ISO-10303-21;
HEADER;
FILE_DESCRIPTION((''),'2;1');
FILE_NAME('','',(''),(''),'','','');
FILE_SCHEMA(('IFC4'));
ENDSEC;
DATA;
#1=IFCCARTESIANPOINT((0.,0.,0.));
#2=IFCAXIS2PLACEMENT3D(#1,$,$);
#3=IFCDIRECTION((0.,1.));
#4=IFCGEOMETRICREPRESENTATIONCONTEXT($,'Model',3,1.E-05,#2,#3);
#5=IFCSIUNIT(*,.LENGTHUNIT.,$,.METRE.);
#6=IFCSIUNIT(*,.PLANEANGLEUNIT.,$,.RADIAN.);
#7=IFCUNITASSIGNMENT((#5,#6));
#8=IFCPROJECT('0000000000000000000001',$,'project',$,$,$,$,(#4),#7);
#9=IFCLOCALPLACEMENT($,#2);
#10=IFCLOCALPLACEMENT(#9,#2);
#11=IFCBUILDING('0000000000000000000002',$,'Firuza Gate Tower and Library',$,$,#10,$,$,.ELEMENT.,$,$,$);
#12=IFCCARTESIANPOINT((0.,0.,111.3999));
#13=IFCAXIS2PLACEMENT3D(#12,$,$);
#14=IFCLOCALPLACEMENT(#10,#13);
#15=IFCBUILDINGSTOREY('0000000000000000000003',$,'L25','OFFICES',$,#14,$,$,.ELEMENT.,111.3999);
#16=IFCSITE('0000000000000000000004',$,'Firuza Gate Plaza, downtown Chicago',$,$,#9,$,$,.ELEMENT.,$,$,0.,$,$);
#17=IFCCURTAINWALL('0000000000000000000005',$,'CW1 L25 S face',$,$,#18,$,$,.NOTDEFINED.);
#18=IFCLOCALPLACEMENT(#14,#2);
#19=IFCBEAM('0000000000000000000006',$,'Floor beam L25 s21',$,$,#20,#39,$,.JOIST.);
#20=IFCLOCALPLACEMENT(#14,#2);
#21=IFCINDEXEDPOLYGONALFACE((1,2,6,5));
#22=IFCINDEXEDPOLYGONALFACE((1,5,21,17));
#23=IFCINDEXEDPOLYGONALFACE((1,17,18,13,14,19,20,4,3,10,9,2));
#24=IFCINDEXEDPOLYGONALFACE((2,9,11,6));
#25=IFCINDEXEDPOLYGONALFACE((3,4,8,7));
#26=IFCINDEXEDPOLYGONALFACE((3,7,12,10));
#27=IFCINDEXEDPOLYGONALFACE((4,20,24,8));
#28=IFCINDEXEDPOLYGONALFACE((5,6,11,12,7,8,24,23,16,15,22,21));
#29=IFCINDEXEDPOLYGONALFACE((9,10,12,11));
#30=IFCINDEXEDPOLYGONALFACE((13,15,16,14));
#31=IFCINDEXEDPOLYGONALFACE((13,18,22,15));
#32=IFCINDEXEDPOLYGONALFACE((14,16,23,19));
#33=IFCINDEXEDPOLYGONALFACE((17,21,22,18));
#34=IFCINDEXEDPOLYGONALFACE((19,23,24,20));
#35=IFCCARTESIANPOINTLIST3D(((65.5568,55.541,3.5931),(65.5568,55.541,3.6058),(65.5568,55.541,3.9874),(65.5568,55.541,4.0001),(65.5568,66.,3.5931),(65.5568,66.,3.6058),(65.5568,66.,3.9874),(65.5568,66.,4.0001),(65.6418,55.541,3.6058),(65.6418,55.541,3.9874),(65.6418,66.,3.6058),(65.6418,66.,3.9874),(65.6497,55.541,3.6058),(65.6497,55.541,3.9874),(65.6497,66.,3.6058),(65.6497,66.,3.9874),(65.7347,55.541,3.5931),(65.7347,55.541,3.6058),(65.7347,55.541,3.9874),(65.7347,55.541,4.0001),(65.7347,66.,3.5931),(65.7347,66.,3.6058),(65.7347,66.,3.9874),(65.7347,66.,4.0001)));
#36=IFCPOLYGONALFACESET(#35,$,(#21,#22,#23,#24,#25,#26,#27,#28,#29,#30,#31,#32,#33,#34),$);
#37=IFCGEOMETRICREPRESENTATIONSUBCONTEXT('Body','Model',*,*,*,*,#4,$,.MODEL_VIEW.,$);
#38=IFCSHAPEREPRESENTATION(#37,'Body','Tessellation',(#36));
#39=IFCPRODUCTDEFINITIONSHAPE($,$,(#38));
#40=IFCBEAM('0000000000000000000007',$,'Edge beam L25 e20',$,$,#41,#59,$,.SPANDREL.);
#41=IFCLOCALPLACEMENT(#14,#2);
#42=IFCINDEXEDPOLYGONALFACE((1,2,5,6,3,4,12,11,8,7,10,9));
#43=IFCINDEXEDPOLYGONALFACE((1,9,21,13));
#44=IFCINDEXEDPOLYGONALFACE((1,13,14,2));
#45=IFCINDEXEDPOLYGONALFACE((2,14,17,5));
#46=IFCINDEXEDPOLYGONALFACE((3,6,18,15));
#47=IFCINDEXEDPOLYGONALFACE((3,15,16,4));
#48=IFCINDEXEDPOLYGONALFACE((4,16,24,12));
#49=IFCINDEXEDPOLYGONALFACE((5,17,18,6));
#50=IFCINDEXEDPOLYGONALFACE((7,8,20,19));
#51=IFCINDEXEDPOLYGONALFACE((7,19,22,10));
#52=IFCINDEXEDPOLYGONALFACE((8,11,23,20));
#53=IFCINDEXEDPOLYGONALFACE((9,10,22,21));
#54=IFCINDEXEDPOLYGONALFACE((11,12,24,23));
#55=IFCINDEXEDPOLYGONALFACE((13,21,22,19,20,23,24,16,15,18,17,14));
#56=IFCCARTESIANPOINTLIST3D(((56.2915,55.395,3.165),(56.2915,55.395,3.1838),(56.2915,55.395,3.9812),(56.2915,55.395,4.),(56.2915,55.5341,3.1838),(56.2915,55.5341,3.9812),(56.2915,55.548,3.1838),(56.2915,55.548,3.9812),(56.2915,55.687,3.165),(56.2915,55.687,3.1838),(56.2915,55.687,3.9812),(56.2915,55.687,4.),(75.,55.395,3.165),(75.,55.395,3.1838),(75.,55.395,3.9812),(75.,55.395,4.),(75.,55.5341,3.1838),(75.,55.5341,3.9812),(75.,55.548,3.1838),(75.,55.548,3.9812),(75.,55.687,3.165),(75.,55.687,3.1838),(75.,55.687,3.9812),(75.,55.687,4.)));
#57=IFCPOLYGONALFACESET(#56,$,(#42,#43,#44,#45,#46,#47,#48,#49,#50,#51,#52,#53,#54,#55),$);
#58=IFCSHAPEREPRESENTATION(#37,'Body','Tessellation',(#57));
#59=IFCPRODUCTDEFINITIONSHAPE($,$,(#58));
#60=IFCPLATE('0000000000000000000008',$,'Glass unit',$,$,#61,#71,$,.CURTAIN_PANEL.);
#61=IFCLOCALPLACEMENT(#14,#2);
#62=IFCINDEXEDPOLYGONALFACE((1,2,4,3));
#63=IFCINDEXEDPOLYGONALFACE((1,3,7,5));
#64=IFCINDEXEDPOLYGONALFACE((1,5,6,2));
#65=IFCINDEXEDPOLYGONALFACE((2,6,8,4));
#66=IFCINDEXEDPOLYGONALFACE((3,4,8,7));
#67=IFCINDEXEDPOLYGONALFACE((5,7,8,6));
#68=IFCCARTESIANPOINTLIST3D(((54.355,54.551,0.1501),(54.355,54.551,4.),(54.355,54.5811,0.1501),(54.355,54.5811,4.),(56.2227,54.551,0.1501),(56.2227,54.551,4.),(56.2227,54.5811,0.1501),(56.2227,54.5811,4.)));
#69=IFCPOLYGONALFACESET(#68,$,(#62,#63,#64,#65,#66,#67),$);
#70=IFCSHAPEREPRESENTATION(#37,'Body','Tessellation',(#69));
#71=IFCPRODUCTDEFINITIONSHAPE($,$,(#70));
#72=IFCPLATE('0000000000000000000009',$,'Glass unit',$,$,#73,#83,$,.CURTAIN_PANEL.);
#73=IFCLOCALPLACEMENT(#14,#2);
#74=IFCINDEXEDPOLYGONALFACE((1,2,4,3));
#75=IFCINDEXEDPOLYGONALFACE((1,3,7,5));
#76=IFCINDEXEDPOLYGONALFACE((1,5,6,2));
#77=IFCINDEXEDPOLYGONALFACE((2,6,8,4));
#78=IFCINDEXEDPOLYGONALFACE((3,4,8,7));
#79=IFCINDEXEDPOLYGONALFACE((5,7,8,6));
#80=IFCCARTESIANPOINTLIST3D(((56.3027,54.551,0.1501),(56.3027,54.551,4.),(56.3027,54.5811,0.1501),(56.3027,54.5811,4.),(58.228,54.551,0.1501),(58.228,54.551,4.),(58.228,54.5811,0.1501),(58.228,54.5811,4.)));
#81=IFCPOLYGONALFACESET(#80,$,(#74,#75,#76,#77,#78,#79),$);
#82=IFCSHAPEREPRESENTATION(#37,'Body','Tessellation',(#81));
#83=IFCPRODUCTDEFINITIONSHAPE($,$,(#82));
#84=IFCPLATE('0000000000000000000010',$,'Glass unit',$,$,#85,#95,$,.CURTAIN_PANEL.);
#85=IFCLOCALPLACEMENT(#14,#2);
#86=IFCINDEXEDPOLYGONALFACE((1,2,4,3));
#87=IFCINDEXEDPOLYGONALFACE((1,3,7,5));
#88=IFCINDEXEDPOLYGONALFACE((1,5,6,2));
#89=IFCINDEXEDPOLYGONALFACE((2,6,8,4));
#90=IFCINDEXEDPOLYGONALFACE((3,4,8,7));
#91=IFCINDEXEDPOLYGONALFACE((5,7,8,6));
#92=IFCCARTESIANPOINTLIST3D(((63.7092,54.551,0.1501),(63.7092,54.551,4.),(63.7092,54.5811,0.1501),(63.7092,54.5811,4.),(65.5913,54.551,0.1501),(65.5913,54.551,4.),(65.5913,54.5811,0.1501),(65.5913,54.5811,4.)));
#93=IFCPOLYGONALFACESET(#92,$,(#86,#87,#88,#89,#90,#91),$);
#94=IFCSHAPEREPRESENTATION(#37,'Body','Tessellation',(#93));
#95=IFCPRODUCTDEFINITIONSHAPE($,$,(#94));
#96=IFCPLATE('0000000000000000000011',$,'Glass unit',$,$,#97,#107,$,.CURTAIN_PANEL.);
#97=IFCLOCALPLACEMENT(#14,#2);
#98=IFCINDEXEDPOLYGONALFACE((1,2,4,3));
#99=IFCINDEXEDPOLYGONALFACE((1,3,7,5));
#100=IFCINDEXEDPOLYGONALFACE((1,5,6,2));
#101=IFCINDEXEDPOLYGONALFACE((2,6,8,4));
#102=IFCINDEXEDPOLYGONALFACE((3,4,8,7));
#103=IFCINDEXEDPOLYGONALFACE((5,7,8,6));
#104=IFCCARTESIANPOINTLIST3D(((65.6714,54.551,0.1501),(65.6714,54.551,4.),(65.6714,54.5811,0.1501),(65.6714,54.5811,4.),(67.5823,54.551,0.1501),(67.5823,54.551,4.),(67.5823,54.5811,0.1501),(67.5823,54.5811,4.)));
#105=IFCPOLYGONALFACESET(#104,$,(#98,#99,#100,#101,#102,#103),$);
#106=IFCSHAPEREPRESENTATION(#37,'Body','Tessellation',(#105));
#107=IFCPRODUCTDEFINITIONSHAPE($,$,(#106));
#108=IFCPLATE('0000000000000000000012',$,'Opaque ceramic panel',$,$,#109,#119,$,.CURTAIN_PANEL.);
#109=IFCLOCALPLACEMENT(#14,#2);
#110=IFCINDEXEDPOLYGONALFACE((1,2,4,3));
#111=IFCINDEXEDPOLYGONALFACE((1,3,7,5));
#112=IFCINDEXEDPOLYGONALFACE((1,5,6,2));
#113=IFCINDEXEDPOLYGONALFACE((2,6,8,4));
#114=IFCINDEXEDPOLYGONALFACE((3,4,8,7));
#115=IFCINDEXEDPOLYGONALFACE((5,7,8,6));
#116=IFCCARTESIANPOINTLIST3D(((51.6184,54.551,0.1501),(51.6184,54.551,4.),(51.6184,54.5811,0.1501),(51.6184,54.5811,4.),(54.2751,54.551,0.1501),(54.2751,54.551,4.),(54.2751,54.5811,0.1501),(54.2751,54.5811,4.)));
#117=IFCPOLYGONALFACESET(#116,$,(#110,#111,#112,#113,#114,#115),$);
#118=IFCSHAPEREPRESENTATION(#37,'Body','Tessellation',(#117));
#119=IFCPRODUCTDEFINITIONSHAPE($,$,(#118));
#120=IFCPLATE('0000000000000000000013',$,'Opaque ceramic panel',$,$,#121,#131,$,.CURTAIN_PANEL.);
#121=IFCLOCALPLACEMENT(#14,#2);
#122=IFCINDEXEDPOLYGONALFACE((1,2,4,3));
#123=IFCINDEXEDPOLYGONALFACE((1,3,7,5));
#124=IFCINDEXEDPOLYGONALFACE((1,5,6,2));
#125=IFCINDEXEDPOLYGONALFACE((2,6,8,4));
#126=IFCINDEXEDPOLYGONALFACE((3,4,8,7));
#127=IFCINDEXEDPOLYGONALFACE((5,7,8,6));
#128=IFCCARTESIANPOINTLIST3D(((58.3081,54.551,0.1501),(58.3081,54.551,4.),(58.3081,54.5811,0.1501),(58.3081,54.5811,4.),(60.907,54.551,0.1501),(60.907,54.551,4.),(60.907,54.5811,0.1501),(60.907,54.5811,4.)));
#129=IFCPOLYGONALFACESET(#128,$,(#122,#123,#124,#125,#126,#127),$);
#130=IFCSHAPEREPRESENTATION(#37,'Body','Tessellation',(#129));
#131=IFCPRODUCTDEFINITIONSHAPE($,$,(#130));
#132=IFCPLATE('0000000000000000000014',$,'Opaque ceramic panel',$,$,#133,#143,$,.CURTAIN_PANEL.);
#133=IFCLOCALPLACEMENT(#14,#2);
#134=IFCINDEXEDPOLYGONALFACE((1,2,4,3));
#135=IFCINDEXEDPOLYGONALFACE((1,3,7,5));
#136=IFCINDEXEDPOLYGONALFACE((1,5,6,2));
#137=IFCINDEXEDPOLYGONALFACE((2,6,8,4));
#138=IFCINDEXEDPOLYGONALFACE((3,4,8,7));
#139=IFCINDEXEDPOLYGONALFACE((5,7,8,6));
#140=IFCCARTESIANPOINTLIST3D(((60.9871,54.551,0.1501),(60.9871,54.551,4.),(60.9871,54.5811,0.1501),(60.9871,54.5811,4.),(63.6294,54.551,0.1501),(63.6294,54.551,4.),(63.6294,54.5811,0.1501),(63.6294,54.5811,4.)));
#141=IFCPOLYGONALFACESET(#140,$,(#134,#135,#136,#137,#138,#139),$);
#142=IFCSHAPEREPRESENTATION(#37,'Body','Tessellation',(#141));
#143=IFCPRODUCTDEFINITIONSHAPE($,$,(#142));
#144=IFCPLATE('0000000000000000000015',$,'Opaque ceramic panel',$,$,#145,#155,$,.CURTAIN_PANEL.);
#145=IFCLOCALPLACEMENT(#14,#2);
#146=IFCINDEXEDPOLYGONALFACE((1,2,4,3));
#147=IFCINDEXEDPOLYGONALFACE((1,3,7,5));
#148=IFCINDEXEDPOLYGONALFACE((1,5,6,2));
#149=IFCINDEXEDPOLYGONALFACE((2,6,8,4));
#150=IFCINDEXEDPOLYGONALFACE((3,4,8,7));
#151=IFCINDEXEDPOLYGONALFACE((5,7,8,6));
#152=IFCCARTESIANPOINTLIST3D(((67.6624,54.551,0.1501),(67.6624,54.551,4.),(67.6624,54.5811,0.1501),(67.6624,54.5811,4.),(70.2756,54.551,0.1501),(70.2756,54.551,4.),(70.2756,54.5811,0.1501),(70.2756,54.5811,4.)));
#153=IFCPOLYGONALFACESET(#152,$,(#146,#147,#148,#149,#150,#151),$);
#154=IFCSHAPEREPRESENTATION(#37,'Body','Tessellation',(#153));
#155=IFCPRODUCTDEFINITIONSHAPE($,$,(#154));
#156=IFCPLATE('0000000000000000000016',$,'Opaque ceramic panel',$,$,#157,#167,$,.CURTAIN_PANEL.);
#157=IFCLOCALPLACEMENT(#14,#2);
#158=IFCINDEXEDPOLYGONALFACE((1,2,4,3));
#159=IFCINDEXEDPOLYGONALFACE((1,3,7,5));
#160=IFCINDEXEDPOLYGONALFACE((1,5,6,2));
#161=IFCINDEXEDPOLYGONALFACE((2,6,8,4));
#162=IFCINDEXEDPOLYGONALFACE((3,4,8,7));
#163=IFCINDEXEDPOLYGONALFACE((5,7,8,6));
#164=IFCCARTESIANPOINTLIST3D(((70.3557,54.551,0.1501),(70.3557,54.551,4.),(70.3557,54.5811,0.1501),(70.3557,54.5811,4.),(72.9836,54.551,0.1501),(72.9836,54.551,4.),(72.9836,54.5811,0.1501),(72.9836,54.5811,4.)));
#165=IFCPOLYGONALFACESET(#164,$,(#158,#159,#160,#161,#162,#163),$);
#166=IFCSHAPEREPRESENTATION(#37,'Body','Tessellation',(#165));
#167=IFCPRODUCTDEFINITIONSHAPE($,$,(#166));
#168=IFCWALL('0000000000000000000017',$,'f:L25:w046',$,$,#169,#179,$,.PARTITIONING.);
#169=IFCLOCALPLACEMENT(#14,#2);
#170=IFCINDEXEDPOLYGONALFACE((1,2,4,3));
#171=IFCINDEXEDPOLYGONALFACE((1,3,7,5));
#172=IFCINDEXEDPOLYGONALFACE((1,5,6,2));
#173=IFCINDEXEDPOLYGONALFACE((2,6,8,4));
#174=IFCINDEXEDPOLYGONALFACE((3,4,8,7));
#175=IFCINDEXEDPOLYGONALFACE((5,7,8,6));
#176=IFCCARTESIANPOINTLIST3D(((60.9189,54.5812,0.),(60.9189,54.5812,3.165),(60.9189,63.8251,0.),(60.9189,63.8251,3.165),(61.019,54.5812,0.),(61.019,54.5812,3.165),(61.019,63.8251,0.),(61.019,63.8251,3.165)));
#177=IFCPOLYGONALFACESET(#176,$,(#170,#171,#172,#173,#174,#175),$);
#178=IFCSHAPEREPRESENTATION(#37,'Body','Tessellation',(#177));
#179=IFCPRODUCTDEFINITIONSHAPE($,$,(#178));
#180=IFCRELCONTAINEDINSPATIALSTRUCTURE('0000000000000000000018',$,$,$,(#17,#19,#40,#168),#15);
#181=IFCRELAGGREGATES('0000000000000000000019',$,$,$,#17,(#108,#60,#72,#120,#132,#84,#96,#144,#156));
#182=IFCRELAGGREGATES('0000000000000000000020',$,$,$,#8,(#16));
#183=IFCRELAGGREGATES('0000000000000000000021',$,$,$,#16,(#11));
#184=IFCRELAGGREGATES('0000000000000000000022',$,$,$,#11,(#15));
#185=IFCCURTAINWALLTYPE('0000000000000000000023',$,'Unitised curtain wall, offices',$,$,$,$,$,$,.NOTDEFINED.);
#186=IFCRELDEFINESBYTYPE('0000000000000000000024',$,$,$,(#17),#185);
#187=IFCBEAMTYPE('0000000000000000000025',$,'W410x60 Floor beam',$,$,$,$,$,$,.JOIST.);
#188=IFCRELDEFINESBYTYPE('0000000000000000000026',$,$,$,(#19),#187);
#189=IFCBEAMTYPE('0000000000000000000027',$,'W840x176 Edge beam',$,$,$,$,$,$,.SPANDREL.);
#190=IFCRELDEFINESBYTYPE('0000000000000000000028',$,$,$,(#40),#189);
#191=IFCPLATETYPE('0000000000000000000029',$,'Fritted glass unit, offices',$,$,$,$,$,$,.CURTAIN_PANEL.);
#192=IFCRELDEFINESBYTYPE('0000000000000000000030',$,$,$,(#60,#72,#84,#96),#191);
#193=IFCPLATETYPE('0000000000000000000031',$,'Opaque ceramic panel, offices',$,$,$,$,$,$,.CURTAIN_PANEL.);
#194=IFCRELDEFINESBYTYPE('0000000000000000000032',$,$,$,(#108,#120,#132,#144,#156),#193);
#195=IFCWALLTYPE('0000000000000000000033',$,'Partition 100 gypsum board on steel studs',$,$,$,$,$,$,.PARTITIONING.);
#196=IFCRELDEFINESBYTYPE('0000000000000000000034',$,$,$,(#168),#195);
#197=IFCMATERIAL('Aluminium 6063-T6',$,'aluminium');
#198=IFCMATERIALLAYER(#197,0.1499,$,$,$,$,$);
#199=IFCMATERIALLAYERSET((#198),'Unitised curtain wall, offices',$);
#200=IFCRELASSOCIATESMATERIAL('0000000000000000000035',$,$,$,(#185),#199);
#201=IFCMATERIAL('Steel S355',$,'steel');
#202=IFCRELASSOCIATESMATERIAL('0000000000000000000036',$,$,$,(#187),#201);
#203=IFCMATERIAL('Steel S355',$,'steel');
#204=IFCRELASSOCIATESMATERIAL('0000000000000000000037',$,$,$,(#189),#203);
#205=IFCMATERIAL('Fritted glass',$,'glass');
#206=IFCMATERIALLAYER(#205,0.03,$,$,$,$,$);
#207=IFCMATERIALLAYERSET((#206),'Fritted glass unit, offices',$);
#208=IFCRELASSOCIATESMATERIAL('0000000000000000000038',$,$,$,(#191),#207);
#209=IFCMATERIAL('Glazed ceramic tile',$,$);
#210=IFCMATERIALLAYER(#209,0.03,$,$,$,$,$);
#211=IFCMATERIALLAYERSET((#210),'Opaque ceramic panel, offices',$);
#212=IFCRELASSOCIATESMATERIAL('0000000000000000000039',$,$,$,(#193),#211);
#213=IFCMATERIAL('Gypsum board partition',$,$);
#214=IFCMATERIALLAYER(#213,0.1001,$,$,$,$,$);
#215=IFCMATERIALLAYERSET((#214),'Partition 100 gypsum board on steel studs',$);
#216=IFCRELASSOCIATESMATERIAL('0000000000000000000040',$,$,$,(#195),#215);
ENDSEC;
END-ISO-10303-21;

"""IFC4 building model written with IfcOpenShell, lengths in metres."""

from ifc_helpers import new_model, si_unit, direction, frame, frame_2d, origin, origin_2d, place, context, subcontext, project, spatial, polyline, rectangle, i_section, outline, extrude, material, layer, layer_set, material_profile, profile_set, type_object, element, aggregate, save


model = new_model("IFC4")

# Units and contexts
model_context = context("Model", 3, precision=1e-05, world=origin(), true_north=direction((0.0, 1.0)))
body_context = subcontext(model_context, "Body", "Model", "MODEL_VIEW")
ifc_project = project(units=[si_unit("LENGTHUNIT", "METRE"), si_unit("PLANEANGLEUNIT", "RADIAN")], contexts=[model_context])

# Site, building, storey
site_placement = place(None, origin())
site = spatial("IfcSite", under=ifc_project, at=site_placement, Name="Firuza Gate Plaza, downtown Chicago", CompositionType="ELEMENT", RefElevation=0.0)
building_placement = place(site_placement, origin())
building = spatial("IfcBuilding", under=site, at=building_placement, Name="Firuza Gate Tower and Library", CompositionType="ELEMENT")
storey_placement = place(building_placement, frame((0.0, 0.0, 111.3999)))
storey = spatial("IfcBuildingStorey", under=building, at=storey_placement, Name="L25", Description="OFFICES", CompositionType="ELEMENT", Elevation=111.3999)

# Curtain wall
ifc_material_1 = material(Name="Aluminium 6063-T6", Category="aluminium")
ifc_layer_1 = layer(ifc_material_1, 0.1499)
ifc_layer_set_1 = layer_set([ifc_layer_1], Name="Unitised curtain wall, offices")
curtain_wall_type = type_object("IfcCurtainWallType", Name="Unitised curtain wall, offices", PredefinedType="NOTDEFINED", material=ifc_layer_set_1)
curtain_wall_placement = place(storey_placement, origin())
curtain_wall = element("IfcCurtainWall", 1, at=curtain_wall_placement, inside=storey, type_object=curtain_wall_type, Name="CW1 L25 S face", PredefinedType="NOTDEFINED")

# Beams
ifc_material_2 = material(Name="Steel S355", Category="steel")
ifc_material_profile_1 = material_profile(ifc_material_2, i_section(OverallWidth=0.178, OverallDepth=0.407, WebThickness=0.0078, FlangeThickness=0.0127, at=origin_2d()))
ifc_profile_set_1 = profile_set([ifc_material_profile_1], Name="Steel S355")
beam_type_1 = type_object("IfcBeamType", Name="W410x60 Floor beam", PredefinedType="JOIST", material=ifc_profile_set_1)
beam_1_placement = place(storey_placement, frame((65.6458, 55.541, 3.7966), z_axis=(0.0, 1.0, 0.0), x_axis=(-1.0, 0.0, 0.0)))
element("IfcBeam", 2, at=beam_1_placement, inside=storey, type_object=beam_type_1, Name="Floor beam L25 s21", PredefinedType="JOIST", context=body_context, shape_type="SweptSolid", body=[
    extrude(i_section(OverallWidth=0.178, OverallDepth=0.407, WebThickness=0.0078, FlangeThickness=0.0127, at=origin_2d()), origin(), (0.0, 0.0, 1.0), 10.459),
])
ifc_material_3 = material(Name="Steel S355", Category="steel")
ifc_material_profile_2 = material_profile(ifc_material_3, i_section(OverallWidth=0.292, OverallDepth=0.835, WebThickness=0.0139, FlangeThickness=0.0188, at=origin_2d()))
ifc_profile_set_2 = profile_set([ifc_material_profile_2], Name="Steel S355")
beam_type_2 = type_object("IfcBeamType", Name="W840x176 Edge beam", PredefinedType="SPANDREL", material=ifc_profile_set_2)
beam_2_placement = place(storey_placement, frame((56.2915, 55.541, 3.5825), z_axis=(1.0, 0.0, 0.0), x_axis=(0.0, 1.0, 0.0)))
element("IfcBeam", 3, at=beam_2_placement, inside=storey, type_object=beam_type_2, Name="Edge beam L25 e20", PredefinedType="SPANDREL", context=body_context, shape_type="SweptSolid", body=[
    extrude(i_section(OverallWidth=0.292, OverallDepth=0.835, WebThickness=0.0139, FlangeThickness=0.0188, at=origin_2d()), origin(), (0.0, 0.0, 1.0), 18.7085),
])

# Plates
ifc_material_4 = material(Name="Fritted glass", Category="glass")
ifc_layer_2 = layer(ifc_material_4, 0.03)
ifc_layer_set_2 = layer_set([ifc_layer_2], Name="Fritted glass unit, offices")
plate_type_1 = type_object("IfcPlateType", Name="Fritted glass unit, offices", PredefinedType="CURTAIN_PANEL", material=ifc_layer_set_2)
plate_1_placement = place(storey_placement, frame((54.355, 54.551, 0.1501), z_axis=(0.0, -1.0, 0.0), x_axis=(1.0, 0.0, 0.0)))
plate_1 = element("IfcPlate", 4, at=plate_1_placement, type_object=plate_type_1, Name="Glass unit", PredefinedType="CURTAIN_PANEL", context=body_context, shape_type="SweptSolid", body=[
    extrude(outline(polyline([(0.0, 0.0), (1.8677, 0.0), (1.8677, 3.8499), (0.0, 3.8499), (0.0, 0.0)])), origin(), (0.0, 0.0, -1.0), 0.03),
])
plate_2_placement = place(storey_placement, frame((56.3027, 54.551, 0.1501), z_axis=(0.0, -1.0, 0.0), x_axis=(1.0, 0.0, 0.0)))
plate_2 = element("IfcPlate", 5, at=plate_2_placement, type_object=plate_type_1, Name="Glass unit", PredefinedType="CURTAIN_PANEL", context=body_context, shape_type="SweptSolid", body=[
    extrude(outline(polyline([(0.0, 0.0), (1.9253, 0.0), (1.9253, 3.8499), (0.0, 3.8499), (0.0, 0.0)])), origin(), (0.0, 0.0, -1.0), 0.03),
])
plate_3_placement = place(storey_placement, frame((63.7092, 54.551, 0.1501), z_axis=(0.0, -1.0, 0.0), x_axis=(1.0, 0.0, 0.0)))
plate_3 = element("IfcPlate", 6, at=plate_3_placement, type_object=plate_type_1, Name="Glass unit", PredefinedType="CURTAIN_PANEL", context=body_context, shape_type="SweptSolid", body=[
    extrude(outline(polyline([(0.0, 0.0), (1.8821, 0.0), (1.8821, 3.8499), (0.0, 3.8499), (0.0, 0.0)])), origin(), (0.0, 0.0, -1.0), 0.03),
])
plate_4_placement = place(storey_placement, frame((65.6714, 54.551, 0.1501), z_axis=(0.0, -1.0, 0.0), x_axis=(1.0, 0.0, 0.0)))
plate_4 = element("IfcPlate", 7, at=plate_4_placement, type_object=plate_type_1, Name="Glass unit", PredefinedType="CURTAIN_PANEL", context=body_context, shape_type="SweptSolid", body=[
    extrude(outline(polyline([(0.0, 0.0), (1.9109, 0.0), (1.9109, 3.8499), (0.0, 3.8499), (0.0, 0.0)])), origin(), (0.0, 0.0, -1.0), 0.03),
])
ifc_material_5 = material(Name="Glazed ceramic tile")
ifc_layer_3 = layer(ifc_material_5, 0.03)
ifc_layer_set_3 = layer_set([ifc_layer_3], Name="Opaque ceramic panel, offices")
plate_type_2 = type_object("IfcPlateType", Name="Opaque ceramic panel, offices", PredefinedType="CURTAIN_PANEL", material=ifc_layer_set_3)
plate_5_placement = place(storey_placement, frame((51.6184, 54.551, 0.1501), z_axis=(0.0, -1.0, 0.0), x_axis=(1.0, 0.0, 0.0)))
plate_5 = element("IfcPlate", 8, at=plate_5_placement, type_object=plate_type_2, Name="Opaque ceramic panel", PredefinedType="CURTAIN_PANEL", context=body_context, shape_type="SweptSolid", body=[
    extrude(outline(polyline([(0.0, 0.0), (2.6567, 0.0), (2.6567, 3.8499), (0.0, 3.8499), (0.0, 0.0)])), origin(), (0.0, 0.0, -1.0), 0.03),
])
plate_6_placement = place(storey_placement, frame((58.3081, 54.551, 0.1501), z_axis=(0.0, -1.0, 0.0), x_axis=(1.0, 0.0, 0.0)))
plate_6 = element("IfcPlate", 9, at=plate_6_placement, type_object=plate_type_2, Name="Opaque ceramic panel", PredefinedType="CURTAIN_PANEL", context=body_context, shape_type="SweptSolid", body=[
    extrude(outline(polyline([(0.0, 0.0), (2.5989, 0.0), (2.5989, 3.8499), (0.0, 3.8499), (0.0, 0.0)])), origin(), (0.0, 0.0, -1.0), 0.03),
])
plate_7_placement = place(storey_placement, frame((60.9871, 54.551, 0.1501), z_axis=(0.0, -1.0, 0.0), x_axis=(1.0, 0.0, 0.0)))
plate_7 = element("IfcPlate", 10, at=plate_7_placement, type_object=plate_type_2, Name="Opaque ceramic panel", PredefinedType="CURTAIN_PANEL", context=body_context, shape_type="SweptSolid", body=[
    extrude(outline(polyline([(0.0, 0.0), (2.6423, 0.0), (2.6423, 3.8499), (0.0, 3.8499), (0.0, 0.0)])), origin(), (0.0, 0.0, -1.0), 0.03),
])
plate_8_placement = place(storey_placement, frame((67.6624, 54.551, 0.1501), z_axis=(0.0, -1.0, 0.0), x_axis=(1.0, 0.0, 0.0)))
plate_8 = element("IfcPlate", 11, at=plate_8_placement, type_object=plate_type_2, Name="Opaque ceramic panel", PredefinedType="CURTAIN_PANEL", context=body_context, shape_type="SweptSolid", body=[
    extrude(outline(polyline([(0.0, 0.0), (2.6133, 0.0), (2.6133, 3.8499), (0.0, 3.8499), (0.0, 0.0)])), origin(), (0.0, 0.0, -1.0), 0.03),
])
plate_9_placement = place(storey_placement, frame((70.3557, 54.551, 0.1501), z_axis=(0.0, -1.0, 0.0), x_axis=(1.0, 0.0, 0.0)))
plate_9 = element("IfcPlate", 12, at=plate_9_placement, type_object=plate_type_2, Name="Opaque ceramic panel", PredefinedType="CURTAIN_PANEL", context=body_context, shape_type="SweptSolid", body=[
    extrude(outline(polyline([(0.0, 0.0), (2.6279, 0.0), (2.6279, 3.8499), (0.0, 3.8499), (0.0, 0.0)])), origin(), (0.0, 0.0, -1.0), 0.03),
])
aggregate(curtain_wall, [plate_5, plate_1, plate_2, plate_6, plate_7, plate_3, plate_4, plate_8, plate_9])

# Wall
ifc_material_6 = material(Name="Gypsum board partition")
ifc_layer_4 = layer(ifc_material_6, 0.1001)
ifc_layer_set_4 = layer_set([ifc_layer_4], Name="Partition 100 gypsum board on steel studs")
wall_type = type_object("IfcWallType", Name="Partition 100 gypsum board on steel studs", PredefinedType="PARTITIONING", material=ifc_layer_set_4)
wall_placement = place(storey_placement, frame((60.969, 54.5811, 0.0), z_axis=(0.0, 0.0, 1.0), x_axis=(0.0, 1.0, 0.0)))
element("IfcWall", 13, at=wall_placement, inside=storey, type_object=wall_type, Name="f:L25:w046", PredefinedType="PARTITIONING", context=body_context, shape_type="SweptSolid", body=[
    extrude(rectangle(XDim=9.2439, YDim=0.1001, at=frame_2d((4.6221, 0.0))), origin(), (0.0, 0.0, 1.0), 3.165),
])

save(model, "model.ifc")
